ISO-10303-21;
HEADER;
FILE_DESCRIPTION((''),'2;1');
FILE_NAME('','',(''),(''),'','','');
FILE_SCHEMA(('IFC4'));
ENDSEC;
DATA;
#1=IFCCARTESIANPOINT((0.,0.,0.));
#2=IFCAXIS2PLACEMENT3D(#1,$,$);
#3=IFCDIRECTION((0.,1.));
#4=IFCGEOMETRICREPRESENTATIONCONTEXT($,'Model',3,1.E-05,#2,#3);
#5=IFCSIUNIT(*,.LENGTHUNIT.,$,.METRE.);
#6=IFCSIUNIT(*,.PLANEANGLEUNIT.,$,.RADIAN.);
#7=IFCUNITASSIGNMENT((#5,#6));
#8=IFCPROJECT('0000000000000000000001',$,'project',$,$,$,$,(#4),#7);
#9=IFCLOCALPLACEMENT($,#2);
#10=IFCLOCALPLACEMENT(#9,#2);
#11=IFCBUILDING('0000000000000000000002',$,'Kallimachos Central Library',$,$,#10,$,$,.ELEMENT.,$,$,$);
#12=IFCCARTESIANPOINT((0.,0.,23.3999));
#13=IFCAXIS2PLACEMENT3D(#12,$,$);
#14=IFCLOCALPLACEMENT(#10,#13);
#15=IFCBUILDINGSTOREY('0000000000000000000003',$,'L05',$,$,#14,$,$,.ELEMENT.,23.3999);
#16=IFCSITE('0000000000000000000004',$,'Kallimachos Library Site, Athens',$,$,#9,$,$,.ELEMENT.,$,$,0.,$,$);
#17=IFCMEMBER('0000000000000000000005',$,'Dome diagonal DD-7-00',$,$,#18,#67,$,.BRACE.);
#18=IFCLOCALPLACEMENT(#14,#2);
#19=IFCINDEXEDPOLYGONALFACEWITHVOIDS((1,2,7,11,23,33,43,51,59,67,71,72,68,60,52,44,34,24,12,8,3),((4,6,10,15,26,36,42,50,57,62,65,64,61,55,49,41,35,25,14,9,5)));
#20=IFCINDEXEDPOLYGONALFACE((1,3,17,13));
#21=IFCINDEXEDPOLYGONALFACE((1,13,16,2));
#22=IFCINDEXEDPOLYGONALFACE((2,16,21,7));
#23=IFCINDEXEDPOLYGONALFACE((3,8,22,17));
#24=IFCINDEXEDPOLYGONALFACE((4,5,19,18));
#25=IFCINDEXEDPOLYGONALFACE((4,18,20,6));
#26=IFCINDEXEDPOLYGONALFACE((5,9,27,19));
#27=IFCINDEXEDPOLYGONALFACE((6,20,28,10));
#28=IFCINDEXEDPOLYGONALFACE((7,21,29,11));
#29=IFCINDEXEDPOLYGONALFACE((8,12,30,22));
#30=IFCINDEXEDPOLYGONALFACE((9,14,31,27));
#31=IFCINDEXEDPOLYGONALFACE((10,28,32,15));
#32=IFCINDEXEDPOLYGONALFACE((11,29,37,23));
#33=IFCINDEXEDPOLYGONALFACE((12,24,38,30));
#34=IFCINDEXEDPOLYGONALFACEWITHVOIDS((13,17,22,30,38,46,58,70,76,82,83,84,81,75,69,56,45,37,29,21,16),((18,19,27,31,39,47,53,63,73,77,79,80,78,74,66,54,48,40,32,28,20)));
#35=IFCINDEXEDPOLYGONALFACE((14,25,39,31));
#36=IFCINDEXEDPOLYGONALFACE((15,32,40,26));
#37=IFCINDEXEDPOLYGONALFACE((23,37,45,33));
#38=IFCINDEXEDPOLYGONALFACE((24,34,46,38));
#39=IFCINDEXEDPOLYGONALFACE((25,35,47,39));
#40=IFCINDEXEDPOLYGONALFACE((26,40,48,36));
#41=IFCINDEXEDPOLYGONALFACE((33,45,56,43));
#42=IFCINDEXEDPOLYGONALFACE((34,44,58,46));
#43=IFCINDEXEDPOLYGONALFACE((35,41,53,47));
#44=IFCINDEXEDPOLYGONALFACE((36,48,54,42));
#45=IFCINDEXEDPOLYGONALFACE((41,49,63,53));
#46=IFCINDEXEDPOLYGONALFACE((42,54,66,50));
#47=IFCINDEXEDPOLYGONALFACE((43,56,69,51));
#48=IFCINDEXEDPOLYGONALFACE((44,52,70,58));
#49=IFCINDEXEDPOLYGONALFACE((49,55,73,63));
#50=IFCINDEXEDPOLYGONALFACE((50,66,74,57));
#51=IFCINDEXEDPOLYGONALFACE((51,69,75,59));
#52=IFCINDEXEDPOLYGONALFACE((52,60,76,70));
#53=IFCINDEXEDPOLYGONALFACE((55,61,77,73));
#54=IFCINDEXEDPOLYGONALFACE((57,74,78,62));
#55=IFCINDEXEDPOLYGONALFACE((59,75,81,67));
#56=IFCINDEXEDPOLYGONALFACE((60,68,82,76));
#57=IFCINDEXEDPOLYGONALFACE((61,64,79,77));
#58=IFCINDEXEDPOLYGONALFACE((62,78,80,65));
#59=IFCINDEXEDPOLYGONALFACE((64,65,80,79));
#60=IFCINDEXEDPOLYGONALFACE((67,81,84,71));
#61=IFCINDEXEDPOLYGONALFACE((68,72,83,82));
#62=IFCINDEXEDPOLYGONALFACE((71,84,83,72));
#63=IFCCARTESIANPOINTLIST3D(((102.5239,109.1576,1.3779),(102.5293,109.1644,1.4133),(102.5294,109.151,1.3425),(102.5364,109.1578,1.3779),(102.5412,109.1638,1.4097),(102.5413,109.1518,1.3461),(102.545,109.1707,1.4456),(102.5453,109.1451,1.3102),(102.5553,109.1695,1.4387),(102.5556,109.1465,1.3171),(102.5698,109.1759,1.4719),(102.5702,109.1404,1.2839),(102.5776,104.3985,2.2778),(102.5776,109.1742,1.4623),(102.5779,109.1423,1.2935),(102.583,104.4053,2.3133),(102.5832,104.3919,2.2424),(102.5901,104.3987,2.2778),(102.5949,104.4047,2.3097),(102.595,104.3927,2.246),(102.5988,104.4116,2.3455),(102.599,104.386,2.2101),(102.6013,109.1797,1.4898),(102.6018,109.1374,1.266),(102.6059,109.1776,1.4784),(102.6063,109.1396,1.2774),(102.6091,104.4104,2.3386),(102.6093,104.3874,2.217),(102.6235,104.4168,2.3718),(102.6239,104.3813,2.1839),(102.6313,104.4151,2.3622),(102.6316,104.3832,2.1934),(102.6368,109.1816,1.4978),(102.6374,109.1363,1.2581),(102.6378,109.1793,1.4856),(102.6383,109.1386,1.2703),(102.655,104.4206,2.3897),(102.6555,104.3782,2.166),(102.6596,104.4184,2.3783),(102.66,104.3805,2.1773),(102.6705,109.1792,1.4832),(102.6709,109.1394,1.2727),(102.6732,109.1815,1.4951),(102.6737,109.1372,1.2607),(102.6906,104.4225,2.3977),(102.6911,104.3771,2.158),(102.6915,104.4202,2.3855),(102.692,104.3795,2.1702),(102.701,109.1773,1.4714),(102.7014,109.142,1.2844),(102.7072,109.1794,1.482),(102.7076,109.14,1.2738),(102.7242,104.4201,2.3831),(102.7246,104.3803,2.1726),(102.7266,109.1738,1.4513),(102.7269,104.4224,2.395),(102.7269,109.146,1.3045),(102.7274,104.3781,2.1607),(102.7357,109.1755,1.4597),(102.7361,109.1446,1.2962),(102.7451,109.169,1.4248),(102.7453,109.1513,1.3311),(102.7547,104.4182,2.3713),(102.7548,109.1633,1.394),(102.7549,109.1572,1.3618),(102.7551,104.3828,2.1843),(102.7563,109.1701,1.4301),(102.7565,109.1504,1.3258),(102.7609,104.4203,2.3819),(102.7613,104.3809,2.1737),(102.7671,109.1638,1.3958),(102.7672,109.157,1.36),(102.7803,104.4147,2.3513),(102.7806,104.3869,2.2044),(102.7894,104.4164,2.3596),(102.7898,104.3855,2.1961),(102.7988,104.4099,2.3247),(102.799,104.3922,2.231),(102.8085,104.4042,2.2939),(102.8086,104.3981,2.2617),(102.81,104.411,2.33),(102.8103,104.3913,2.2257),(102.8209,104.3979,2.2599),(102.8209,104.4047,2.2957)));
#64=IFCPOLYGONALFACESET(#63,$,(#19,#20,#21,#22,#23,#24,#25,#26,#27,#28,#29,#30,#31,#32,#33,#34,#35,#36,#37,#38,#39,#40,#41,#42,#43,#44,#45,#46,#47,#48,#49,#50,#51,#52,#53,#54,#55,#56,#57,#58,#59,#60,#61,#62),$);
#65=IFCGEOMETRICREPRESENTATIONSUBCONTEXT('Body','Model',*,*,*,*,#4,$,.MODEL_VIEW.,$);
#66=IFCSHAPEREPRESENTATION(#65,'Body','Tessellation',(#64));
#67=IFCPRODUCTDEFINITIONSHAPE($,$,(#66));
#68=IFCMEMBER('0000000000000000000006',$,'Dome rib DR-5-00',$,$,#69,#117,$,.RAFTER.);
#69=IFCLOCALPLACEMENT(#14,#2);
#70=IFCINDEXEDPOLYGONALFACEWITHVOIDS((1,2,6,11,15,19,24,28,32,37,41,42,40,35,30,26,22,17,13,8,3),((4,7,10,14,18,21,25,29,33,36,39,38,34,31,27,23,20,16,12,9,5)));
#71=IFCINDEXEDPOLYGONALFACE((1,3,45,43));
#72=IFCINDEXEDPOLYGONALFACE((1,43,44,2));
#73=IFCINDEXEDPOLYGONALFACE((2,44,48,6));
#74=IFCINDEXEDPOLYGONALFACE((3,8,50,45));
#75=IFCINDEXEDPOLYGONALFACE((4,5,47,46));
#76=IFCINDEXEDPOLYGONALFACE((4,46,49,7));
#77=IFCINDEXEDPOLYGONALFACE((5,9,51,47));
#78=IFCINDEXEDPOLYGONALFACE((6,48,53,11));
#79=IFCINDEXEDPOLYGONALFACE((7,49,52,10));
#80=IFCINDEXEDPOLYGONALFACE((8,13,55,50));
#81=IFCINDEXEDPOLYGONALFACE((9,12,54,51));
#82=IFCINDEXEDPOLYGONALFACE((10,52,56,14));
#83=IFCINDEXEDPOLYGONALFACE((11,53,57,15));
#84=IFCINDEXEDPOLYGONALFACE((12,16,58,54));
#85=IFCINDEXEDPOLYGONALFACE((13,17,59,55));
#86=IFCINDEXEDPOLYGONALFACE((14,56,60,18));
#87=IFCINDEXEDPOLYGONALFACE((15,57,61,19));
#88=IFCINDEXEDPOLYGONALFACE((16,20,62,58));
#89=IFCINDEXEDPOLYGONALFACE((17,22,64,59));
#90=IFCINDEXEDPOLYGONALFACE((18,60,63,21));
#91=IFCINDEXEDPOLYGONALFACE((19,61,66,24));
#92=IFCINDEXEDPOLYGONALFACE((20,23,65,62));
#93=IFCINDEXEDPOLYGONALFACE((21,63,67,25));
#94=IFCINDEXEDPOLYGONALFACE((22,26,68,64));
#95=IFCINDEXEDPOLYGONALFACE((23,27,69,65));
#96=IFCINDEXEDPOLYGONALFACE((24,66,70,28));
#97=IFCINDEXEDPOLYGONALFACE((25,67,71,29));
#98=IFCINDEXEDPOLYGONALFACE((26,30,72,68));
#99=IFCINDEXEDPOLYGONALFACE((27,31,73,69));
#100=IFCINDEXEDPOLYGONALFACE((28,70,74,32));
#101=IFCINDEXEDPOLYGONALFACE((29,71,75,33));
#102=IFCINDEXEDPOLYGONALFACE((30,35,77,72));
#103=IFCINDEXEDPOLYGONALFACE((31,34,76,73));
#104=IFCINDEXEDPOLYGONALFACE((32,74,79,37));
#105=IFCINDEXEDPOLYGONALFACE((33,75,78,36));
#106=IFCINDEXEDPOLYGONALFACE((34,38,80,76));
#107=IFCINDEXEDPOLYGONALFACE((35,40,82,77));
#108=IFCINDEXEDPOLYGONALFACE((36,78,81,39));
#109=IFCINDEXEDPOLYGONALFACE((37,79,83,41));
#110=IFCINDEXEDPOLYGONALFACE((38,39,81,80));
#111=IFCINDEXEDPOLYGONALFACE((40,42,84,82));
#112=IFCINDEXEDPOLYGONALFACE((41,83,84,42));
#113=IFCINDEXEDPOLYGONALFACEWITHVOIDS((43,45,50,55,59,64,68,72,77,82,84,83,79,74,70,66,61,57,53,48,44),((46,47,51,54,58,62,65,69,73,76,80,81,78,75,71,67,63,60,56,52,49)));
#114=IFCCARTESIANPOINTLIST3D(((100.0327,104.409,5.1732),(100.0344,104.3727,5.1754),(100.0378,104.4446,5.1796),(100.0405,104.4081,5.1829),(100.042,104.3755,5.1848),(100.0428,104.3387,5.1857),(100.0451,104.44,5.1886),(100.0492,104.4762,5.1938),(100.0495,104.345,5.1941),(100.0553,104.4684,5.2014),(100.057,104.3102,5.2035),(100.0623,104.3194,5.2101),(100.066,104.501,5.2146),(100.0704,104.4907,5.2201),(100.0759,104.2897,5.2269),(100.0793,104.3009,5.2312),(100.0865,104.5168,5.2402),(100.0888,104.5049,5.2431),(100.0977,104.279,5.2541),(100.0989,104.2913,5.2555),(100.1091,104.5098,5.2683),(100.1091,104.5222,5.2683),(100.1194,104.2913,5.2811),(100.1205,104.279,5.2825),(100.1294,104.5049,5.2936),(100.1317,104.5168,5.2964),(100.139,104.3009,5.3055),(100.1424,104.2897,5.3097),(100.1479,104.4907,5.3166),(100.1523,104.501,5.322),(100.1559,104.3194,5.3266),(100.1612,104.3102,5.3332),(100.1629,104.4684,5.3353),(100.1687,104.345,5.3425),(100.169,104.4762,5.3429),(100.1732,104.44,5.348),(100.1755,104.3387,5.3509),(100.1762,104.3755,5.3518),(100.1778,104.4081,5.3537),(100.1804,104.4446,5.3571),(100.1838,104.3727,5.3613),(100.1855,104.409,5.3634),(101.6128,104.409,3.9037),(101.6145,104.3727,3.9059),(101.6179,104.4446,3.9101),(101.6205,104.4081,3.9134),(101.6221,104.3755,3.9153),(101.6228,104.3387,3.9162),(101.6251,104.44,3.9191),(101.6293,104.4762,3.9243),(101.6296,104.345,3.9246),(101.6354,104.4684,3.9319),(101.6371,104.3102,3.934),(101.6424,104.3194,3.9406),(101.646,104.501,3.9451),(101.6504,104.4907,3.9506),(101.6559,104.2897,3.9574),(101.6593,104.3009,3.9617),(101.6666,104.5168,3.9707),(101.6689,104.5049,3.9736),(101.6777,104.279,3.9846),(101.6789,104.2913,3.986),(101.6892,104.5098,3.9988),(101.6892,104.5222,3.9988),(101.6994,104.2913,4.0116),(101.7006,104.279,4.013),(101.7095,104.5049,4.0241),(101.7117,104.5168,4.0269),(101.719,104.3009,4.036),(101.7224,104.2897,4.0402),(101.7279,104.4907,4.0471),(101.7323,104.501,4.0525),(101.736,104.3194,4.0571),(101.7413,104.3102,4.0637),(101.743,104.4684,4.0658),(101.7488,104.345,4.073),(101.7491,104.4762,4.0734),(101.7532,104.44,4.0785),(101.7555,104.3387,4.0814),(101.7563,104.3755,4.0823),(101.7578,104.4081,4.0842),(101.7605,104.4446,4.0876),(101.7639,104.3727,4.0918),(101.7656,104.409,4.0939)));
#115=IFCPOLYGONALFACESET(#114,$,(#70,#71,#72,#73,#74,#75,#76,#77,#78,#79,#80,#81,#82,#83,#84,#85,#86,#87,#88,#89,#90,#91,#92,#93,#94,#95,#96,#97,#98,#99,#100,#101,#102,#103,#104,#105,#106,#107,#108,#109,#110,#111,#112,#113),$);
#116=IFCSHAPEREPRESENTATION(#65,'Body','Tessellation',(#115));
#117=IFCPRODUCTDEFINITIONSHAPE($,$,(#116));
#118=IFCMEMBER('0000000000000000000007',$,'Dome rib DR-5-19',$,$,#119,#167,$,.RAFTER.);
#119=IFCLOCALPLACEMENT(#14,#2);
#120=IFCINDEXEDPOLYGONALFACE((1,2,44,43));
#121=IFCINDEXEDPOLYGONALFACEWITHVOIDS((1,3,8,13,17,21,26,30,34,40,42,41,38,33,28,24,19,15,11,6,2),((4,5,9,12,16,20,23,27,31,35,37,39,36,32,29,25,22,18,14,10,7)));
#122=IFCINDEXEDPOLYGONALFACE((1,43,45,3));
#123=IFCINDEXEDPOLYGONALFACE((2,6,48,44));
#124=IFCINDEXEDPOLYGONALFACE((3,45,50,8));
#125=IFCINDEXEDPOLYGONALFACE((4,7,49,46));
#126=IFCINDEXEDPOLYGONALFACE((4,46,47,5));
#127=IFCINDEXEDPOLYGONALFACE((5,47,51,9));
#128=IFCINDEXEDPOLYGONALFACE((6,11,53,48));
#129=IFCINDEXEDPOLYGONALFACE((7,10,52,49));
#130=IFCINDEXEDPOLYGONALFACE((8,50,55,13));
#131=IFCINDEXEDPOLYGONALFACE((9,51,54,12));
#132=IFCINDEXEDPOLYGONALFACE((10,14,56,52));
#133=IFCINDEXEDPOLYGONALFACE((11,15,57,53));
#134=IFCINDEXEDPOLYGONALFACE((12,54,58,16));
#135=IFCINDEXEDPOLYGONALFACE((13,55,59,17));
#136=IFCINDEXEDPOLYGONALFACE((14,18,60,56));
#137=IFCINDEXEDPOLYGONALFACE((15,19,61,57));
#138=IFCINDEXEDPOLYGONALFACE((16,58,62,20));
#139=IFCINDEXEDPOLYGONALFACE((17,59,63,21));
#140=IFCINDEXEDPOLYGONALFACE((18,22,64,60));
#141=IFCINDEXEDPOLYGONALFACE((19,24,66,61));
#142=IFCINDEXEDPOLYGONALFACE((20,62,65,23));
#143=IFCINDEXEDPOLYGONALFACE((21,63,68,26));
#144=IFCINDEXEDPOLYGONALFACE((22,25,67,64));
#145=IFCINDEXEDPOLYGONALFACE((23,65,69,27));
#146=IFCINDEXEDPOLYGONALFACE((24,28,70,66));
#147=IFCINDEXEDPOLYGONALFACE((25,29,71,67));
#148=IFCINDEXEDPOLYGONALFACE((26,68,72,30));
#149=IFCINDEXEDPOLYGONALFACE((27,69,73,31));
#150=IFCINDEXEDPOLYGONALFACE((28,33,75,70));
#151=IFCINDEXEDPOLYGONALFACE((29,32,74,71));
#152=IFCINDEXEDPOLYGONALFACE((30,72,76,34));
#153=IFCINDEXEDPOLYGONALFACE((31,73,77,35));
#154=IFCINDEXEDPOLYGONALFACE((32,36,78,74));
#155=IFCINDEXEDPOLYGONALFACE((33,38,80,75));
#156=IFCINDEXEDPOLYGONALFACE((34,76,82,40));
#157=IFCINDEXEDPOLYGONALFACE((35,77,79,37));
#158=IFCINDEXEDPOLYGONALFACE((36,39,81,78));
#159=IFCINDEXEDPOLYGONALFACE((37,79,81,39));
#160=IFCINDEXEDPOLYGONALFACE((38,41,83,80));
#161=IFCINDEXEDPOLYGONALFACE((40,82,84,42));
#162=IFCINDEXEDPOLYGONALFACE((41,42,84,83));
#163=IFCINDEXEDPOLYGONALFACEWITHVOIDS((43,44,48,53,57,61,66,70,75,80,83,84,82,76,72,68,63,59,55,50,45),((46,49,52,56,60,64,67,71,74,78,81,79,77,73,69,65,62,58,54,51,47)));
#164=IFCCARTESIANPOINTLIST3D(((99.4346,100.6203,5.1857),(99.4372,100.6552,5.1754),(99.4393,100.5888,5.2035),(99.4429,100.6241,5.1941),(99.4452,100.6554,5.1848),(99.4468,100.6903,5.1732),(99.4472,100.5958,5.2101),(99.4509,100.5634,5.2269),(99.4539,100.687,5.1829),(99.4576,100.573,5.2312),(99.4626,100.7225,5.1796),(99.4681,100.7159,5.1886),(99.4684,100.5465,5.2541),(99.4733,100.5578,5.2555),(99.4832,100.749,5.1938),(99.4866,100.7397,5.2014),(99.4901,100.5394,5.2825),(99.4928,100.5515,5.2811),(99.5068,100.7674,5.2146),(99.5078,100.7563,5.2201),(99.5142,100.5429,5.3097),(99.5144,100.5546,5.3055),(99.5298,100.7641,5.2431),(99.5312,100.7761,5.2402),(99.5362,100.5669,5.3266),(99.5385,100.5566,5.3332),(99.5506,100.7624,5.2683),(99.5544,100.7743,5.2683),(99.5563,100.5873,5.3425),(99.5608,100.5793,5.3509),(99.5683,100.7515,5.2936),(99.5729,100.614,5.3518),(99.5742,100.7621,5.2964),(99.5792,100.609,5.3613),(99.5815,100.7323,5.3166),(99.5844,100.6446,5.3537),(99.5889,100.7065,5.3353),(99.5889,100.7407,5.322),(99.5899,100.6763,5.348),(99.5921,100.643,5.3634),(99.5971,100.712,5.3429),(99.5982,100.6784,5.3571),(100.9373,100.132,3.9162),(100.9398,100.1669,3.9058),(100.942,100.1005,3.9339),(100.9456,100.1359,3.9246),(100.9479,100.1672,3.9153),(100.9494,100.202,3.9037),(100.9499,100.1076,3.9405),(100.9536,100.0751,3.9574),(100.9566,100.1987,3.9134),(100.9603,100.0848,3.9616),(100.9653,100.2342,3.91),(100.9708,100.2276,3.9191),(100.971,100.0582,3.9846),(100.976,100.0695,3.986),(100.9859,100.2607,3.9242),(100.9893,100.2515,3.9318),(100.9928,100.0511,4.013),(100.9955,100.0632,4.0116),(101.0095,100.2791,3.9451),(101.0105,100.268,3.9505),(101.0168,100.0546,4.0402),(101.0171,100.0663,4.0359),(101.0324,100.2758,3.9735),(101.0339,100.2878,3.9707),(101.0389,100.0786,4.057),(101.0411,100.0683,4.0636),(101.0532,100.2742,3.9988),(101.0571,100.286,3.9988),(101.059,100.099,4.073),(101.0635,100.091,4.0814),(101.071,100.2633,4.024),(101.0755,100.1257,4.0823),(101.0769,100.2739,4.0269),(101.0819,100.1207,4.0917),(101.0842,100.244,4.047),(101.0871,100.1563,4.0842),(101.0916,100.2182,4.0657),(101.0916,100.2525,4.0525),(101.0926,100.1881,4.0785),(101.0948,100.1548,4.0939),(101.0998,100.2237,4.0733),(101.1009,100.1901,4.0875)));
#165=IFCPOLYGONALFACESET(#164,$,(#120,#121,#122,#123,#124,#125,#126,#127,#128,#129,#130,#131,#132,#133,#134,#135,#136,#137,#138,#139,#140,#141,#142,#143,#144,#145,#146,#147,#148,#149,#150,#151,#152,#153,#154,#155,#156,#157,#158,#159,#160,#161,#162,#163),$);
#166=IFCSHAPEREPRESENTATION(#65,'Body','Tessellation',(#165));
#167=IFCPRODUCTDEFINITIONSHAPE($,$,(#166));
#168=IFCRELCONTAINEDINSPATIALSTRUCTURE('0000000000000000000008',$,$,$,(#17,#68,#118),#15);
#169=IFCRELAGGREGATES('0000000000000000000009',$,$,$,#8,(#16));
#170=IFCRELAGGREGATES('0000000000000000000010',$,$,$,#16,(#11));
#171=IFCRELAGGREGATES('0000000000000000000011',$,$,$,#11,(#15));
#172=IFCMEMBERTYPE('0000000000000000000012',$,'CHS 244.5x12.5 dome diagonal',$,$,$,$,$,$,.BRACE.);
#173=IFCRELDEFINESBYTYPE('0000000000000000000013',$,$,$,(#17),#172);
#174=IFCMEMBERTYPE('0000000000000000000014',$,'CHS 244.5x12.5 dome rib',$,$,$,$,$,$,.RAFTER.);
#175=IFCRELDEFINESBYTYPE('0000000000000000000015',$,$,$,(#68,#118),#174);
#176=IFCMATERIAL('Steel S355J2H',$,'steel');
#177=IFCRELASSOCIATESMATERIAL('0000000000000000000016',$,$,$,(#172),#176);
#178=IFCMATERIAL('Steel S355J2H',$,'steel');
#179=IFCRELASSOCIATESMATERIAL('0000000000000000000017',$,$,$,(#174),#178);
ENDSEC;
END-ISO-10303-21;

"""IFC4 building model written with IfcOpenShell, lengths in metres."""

from ifc_helpers import new_model, si_unit, direction, frame, origin, origin_2d, place, context, subcontext, project, spatial, hollow_circle, extrude, material, material_profile, profile_set, type_object, element, save


model = new_model("IFC4")

# Units and contexts
model_context = context("Model", 3, precision=1e-05, world=origin(), true_north=direction((0.0, 1.0)))
body_context = subcontext(model_context, "Body", "Model", "MODEL_VIEW")
ifc_project = project(units=[si_unit("LENGTHUNIT", "METRE"), si_unit("PLANEANGLEUNIT", "RADIAN")], contexts=[model_context])

# Site, building, storey
site_placement = place(None, origin())
site = spatial("IfcSite", under=ifc_project, at=site_placement, Name="Kallimachos Library Site, Athens", CompositionType="ELEMENT", RefElevation=0.0)
building_placement = place(site_placement, origin())
building = spatial("IfcBuilding", under=site, at=building_placement, Name="Kallimachos Central Library", CompositionType="ELEMENT")
storey_placement = place(building_placement, frame((0.0, 0.0, 23.3999)))
storey = spatial("IfcBuildingStorey", under=building, at=storey_placement, Name="L05", CompositionType="ELEMENT", Elevation=23.3999)

# Members
ifc_material_1 = material(Name="Steel S355J2H", Category="steel")
ifc_material_profile_1 = material_profile(ifc_material_1, hollow_circle(Radius=0.1223, WallThickness=0.0125, at=origin_2d()), Name="CHS 244.5x12.5")
ifc_profile_set_1 = profile_set([ifc_material_profile_1], Name="Steel S355J2H")
member_type_1 = type_object("IfcMemberType", Name="CHS 244.5x12.5 dome diagonal", PredefinedType="BRACE", material=ifc_profile_set_1)
member_1_placement = place(storey_placement, frame((102.7, 104.3999, 2.2778), z_axis=(-0.011089, 0.982527, -0.185789), x_axis=(-0.999936, -0.011285, 0.0)))
element("IfcMember", 1, at=member_1_placement, inside=storey, type_object=member_type_1, Name="Dome diagonal DD-7-00", PredefinedType="BRACE", context=body_context, shape_type="SweptSolid", body=[
    extrude(hollow_circle(Radius=0.1223, WallThickness=0.0125, at=origin_2d()), origin(), (0.0, 0.0, 1.0), 4.8438),
])
ifc_material_2 = material(Name="Steel S355J2H", Category="steel")
ifc_material_profile_2 = material_profile(ifc_material_2, hollow_circle(Radius=0.1223, WallThickness=0.0125, at=origin_2d()), Name="CHS 244.5x12.5")
ifc_profile_set_2 = profile_set([ifc_material_profile_2], Name="Steel S355J2H")
member_type_2 = type_object("IfcMemberType", Name="CHS 244.5x12.5 dome rib", PredefinedType="RAFTER", material=ifc_profile_set_2)
for number, where, z_axis, x_axis, name in (
    (2, (100.1091, 104.3999, 5.2683), (0.779551, 0.0, -0.626339), (0.0, 1.0, 0.0), "Dome rib DR-5-00"),
    (3, (99.5166, 100.658, 5.2683), (0.741383, -0.240904, -0.626351), (0.309034, 0.951051, 0.0), "Dome rib DR-5-19"),
):
    element("IfcMember", number, at=place(storey_placement, frame(where, z_axis=z_axis, x_axis=x_axis)), inside=storey, type_object=member_type_2, Name=name, PredefinedType="RAFTER", context=body_context, shape_type="SweptSolid", body=[
        extrude(hollow_circle(Radius=0.1223, WallThickness=0.0125, at=origin_2d()), origin(), (0.0, 0.0, 1.0), 2.0269),
    ])

save(model, "model.ifc")
